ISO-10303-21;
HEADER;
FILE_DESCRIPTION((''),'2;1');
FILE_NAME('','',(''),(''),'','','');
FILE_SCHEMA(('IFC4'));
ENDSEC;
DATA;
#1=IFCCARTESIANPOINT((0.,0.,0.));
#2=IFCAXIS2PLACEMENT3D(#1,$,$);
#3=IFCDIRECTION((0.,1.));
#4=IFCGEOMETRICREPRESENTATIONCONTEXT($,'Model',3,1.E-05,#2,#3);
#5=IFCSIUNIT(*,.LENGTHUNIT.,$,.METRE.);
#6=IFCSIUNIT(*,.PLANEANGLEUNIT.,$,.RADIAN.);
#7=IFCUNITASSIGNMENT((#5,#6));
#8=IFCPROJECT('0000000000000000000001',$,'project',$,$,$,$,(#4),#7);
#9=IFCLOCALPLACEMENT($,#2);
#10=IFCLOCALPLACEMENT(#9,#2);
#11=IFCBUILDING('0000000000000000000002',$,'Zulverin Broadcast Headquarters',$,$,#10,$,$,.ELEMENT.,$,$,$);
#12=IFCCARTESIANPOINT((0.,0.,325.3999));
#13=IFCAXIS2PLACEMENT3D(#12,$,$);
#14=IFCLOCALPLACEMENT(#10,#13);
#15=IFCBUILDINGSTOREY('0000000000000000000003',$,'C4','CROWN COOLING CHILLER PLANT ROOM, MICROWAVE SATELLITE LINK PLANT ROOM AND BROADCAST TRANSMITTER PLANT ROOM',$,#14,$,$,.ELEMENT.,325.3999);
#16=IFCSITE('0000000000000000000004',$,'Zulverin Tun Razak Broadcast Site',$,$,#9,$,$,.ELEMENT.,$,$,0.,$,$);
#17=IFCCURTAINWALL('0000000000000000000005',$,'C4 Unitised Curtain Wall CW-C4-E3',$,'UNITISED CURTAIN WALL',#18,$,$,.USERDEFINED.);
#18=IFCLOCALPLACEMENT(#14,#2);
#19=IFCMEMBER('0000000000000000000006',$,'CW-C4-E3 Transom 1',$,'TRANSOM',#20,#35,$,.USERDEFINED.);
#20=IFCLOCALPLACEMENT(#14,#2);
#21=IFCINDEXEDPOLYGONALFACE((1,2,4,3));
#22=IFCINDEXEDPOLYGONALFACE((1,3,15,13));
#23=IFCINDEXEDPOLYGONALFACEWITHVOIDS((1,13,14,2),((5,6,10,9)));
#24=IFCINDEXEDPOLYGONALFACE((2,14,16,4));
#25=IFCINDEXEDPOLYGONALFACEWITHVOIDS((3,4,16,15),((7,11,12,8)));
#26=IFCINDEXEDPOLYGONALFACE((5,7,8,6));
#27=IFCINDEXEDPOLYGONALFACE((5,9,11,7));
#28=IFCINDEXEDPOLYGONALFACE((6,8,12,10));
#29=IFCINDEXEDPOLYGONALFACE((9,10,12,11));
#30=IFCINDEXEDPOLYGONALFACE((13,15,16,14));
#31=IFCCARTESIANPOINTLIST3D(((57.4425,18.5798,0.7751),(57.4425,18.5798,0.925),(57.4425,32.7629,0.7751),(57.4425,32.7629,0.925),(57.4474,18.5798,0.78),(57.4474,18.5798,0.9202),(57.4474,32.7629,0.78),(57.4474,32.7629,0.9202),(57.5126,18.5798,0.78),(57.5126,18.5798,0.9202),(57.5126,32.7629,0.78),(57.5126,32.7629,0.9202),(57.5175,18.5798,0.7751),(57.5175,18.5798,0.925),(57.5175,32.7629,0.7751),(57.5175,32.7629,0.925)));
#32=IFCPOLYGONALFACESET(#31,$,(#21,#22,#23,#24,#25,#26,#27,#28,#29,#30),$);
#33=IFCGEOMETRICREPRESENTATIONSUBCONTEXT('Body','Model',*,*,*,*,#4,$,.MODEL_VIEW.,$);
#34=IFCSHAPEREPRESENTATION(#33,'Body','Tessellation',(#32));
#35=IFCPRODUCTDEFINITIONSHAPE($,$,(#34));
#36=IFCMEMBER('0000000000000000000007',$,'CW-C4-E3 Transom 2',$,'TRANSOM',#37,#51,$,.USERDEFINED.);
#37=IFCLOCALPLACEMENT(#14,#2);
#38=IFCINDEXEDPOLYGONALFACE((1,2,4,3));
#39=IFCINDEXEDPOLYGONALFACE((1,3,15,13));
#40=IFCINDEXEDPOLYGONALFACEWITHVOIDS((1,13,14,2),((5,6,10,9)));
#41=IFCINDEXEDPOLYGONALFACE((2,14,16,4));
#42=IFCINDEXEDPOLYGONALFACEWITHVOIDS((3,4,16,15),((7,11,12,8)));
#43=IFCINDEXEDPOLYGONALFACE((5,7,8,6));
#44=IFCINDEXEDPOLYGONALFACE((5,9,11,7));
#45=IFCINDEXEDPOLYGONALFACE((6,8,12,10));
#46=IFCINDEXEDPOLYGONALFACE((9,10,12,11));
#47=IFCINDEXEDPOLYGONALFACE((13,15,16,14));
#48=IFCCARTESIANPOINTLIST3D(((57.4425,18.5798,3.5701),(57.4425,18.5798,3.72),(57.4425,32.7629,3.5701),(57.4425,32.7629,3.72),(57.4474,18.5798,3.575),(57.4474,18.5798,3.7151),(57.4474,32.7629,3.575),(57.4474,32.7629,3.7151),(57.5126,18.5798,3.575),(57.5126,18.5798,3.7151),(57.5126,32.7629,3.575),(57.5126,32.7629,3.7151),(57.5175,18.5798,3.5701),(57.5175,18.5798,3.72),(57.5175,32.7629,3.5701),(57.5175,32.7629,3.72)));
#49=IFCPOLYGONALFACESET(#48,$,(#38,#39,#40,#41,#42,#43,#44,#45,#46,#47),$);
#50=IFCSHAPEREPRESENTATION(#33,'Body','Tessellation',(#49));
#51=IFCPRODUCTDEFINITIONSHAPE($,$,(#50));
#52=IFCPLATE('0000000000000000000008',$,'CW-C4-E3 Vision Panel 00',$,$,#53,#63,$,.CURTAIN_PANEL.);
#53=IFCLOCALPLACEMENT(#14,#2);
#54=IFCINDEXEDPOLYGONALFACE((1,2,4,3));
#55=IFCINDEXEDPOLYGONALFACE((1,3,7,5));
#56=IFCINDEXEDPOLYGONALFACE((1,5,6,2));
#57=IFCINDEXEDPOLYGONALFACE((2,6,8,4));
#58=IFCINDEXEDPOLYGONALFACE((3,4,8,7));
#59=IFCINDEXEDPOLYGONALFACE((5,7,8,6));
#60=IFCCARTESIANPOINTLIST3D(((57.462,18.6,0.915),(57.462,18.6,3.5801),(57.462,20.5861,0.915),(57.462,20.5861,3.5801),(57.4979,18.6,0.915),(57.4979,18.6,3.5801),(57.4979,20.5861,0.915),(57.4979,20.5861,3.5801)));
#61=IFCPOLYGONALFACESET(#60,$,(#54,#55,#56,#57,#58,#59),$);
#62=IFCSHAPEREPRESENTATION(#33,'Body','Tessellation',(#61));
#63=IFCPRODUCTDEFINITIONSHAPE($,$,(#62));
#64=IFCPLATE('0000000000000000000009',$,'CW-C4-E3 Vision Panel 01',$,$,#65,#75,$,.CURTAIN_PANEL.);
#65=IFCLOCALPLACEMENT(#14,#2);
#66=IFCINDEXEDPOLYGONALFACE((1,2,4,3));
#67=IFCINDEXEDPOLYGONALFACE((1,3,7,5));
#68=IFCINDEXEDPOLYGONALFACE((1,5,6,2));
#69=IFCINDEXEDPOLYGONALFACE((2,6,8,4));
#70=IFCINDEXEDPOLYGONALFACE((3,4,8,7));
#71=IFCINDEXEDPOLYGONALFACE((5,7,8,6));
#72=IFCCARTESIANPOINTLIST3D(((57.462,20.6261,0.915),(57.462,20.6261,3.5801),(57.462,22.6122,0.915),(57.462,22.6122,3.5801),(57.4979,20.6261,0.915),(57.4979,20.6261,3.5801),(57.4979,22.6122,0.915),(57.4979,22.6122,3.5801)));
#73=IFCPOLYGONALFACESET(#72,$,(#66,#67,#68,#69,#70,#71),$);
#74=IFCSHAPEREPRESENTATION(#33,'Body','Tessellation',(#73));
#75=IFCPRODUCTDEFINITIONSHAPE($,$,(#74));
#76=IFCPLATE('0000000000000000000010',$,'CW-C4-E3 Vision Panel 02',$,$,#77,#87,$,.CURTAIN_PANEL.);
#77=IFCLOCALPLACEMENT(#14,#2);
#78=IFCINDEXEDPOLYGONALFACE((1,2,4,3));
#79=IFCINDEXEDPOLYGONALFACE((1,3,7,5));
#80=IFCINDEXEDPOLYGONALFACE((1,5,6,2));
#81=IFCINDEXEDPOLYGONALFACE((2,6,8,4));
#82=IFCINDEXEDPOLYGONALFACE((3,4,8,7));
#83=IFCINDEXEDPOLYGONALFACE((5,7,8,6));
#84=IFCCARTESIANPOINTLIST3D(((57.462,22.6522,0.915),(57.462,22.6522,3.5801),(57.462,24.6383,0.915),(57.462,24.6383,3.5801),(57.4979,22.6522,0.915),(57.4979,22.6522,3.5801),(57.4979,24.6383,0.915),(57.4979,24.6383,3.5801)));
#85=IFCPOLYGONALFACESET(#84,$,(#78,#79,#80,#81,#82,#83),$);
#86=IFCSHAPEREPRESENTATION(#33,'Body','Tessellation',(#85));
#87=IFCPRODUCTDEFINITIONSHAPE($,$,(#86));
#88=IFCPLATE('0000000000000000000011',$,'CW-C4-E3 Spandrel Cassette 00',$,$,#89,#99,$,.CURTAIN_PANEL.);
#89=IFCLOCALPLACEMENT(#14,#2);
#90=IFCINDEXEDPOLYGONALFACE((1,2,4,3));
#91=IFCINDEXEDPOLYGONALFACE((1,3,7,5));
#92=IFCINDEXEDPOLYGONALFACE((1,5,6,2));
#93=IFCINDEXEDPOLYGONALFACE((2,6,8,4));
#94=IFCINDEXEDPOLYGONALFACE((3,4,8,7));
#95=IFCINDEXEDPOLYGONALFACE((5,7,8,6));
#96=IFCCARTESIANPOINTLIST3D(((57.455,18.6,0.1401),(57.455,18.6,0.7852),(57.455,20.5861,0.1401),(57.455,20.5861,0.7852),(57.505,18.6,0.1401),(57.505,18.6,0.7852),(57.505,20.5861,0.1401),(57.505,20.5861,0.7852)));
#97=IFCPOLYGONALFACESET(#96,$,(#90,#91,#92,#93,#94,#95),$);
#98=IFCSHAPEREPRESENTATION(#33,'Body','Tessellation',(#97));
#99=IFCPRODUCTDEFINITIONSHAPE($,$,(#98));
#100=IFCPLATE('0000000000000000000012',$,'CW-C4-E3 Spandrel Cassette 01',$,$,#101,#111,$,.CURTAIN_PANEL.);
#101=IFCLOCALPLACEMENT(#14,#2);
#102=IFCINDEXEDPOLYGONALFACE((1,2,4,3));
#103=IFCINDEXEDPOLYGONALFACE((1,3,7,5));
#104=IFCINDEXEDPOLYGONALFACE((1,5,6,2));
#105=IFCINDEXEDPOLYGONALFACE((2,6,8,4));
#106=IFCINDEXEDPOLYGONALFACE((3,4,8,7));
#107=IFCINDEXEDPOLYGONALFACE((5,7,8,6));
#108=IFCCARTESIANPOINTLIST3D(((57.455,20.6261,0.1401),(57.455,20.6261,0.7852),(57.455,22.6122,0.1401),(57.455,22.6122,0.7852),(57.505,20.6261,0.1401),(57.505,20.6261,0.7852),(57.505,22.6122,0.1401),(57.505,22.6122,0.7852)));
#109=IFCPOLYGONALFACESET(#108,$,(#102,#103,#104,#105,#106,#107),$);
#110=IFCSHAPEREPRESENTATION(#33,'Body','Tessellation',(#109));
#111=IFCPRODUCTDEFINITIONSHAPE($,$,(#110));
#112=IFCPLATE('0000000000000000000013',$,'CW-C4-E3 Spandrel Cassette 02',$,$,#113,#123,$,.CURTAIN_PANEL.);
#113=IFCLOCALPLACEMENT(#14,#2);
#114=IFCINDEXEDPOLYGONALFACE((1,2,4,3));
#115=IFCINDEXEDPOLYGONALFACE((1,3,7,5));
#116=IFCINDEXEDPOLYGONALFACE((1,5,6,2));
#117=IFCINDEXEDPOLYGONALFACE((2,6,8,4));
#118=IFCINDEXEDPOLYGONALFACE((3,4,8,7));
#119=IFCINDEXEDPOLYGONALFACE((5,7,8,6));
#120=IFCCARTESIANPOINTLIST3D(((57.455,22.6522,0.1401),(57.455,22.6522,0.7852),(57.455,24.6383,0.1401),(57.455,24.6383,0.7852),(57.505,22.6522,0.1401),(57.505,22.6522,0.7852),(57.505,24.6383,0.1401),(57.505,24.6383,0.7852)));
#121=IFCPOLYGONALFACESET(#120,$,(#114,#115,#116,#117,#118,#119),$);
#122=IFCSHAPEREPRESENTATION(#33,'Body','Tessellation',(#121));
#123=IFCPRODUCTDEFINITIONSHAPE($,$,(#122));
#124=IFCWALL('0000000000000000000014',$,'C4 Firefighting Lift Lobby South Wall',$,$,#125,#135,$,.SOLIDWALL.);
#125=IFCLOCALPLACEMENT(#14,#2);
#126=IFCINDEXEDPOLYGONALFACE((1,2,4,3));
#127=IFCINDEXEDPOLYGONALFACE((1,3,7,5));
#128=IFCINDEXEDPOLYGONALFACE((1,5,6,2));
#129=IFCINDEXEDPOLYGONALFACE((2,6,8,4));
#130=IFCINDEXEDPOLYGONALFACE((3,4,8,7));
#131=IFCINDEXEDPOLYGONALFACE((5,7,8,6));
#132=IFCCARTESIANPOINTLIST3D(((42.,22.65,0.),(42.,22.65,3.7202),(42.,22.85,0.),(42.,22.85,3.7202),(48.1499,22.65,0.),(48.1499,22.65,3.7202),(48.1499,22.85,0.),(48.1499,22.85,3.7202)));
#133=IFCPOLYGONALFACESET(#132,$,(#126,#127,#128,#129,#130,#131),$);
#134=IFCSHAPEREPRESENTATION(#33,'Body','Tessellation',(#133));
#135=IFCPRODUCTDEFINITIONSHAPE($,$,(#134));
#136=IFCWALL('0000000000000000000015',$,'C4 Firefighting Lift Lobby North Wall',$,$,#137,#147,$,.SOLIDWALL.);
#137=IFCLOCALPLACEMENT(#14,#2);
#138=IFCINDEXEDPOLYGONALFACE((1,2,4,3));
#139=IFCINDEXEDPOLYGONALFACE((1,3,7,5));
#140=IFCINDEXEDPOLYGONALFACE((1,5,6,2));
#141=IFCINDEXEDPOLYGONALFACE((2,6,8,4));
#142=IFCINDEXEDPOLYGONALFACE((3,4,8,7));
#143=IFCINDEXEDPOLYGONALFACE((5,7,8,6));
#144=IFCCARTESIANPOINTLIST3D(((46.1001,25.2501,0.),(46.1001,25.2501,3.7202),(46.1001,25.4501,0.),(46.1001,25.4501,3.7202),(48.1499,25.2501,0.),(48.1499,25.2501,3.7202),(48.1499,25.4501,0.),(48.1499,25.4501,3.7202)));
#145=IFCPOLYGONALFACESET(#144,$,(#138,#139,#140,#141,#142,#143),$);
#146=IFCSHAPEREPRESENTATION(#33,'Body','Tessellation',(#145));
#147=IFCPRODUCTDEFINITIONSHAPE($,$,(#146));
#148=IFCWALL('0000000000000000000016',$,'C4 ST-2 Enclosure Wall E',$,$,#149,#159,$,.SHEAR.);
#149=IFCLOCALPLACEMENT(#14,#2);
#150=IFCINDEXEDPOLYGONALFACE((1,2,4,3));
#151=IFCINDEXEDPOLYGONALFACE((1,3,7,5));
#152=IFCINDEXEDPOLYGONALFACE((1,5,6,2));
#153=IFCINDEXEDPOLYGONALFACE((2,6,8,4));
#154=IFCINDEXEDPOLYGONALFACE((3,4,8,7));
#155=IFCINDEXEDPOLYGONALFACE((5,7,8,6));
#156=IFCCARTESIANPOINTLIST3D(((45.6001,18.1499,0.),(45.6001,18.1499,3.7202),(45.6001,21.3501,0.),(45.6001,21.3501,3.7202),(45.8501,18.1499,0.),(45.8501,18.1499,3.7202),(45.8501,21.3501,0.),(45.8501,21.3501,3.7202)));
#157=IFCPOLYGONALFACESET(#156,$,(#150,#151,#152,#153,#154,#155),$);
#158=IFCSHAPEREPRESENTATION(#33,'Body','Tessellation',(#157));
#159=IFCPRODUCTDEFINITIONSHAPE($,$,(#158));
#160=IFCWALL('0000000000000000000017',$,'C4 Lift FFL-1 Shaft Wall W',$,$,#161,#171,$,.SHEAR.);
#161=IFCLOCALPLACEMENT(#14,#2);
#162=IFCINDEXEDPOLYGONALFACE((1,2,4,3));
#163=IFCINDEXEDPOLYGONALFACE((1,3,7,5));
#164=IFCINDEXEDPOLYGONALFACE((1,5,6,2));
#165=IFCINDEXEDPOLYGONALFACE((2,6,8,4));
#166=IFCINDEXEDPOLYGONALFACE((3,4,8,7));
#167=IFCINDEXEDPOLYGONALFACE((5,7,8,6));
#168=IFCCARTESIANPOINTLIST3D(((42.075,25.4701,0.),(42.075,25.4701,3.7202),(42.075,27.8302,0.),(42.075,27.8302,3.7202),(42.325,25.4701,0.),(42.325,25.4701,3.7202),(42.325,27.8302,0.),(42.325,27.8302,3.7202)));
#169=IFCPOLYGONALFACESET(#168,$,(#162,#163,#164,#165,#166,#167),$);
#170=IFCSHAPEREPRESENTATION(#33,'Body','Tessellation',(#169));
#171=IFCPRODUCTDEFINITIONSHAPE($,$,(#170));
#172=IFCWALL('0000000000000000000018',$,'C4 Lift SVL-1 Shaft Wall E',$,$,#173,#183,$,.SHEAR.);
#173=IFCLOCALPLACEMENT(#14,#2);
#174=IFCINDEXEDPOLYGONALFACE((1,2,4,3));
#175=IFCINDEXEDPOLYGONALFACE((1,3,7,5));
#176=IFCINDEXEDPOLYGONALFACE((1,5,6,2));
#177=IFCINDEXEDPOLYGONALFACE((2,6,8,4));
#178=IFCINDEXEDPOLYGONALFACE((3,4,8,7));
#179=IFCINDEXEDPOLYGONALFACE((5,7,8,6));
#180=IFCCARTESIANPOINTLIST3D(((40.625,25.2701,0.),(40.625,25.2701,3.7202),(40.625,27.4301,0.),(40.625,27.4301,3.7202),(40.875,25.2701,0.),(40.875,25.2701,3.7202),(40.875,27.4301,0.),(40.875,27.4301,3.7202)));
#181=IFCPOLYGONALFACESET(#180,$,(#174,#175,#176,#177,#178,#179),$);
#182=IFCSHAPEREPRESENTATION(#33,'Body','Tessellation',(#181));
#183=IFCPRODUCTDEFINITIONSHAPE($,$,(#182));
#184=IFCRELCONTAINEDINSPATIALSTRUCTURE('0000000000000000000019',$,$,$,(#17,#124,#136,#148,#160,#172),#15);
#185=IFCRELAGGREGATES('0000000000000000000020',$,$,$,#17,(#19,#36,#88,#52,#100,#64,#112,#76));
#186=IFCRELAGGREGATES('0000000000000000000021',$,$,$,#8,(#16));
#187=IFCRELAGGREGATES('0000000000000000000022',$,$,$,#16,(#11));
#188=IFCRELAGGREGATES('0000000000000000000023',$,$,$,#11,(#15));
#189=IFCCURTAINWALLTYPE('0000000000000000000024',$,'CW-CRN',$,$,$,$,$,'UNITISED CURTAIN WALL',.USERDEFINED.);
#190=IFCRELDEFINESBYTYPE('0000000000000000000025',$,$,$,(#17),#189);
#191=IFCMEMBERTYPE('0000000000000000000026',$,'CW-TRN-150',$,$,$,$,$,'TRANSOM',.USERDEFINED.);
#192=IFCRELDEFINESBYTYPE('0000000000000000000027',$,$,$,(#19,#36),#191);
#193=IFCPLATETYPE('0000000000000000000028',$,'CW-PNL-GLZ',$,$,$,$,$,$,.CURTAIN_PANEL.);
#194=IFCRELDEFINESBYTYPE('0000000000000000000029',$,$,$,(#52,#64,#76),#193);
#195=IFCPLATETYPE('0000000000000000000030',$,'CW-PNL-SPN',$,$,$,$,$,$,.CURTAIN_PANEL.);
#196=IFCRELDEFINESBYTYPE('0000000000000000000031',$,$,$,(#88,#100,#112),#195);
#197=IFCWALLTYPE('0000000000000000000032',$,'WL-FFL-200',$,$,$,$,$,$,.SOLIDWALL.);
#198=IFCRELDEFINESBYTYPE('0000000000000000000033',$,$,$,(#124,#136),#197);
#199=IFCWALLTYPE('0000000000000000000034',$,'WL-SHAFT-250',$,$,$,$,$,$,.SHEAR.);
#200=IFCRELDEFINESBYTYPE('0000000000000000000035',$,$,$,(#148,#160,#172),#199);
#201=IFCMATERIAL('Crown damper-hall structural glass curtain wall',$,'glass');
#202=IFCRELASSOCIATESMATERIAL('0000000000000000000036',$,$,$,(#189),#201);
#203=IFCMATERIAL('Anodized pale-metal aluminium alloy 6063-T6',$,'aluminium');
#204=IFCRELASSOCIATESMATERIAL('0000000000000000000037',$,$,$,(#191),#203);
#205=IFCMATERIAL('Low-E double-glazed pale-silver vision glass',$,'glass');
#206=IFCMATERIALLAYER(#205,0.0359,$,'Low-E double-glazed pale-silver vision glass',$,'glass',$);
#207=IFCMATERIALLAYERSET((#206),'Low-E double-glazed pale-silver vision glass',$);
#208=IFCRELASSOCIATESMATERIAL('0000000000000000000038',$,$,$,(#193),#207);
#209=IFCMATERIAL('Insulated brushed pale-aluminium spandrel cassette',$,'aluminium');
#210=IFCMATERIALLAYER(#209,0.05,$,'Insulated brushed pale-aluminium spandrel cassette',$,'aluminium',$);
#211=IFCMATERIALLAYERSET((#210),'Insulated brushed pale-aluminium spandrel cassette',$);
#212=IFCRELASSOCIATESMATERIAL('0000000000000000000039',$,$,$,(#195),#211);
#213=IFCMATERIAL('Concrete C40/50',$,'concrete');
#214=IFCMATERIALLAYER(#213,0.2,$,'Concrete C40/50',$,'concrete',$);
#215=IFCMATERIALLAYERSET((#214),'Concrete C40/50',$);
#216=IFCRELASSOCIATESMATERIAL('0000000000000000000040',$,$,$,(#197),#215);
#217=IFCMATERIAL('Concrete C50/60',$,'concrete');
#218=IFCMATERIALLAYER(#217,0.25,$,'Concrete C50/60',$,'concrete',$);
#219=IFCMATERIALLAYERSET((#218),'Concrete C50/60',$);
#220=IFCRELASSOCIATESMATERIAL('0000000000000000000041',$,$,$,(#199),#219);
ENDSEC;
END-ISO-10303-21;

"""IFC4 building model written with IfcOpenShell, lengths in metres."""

from ifc_helpers import new_model, si_unit, direction, frame, frame_2d, origin, origin_2d, place, context, subcontext, project, spatial, rectangle, hollow_rectangle, extrude, material, layer, layer_set, material_profile, profile_set, type_object, element, aggregate, save


model = new_model("IFC4")

# Units and contexts
model_context = context("Model", 3, precision=1e-05, world=origin(), true_north=direction((0.0, 1.0)))
body_context = subcontext(model_context, "Body", "Model", "MODEL_VIEW")
ifc_project = project(units=[si_unit("LENGTHUNIT", "METRE"), si_unit("PLANEANGLEUNIT", "RADIAN")], contexts=[model_context])

# Site, building, storey
site_placement = place(None, origin())
site = spatial("IfcSite", under=ifc_project, at=site_placement, Name="Zulverin Tun Razak Broadcast Site", CompositionType="ELEMENT", RefElevation=0.0)
building_placement = place(site_placement, origin())
building = spatial("IfcBuilding", under=site, at=building_placement, Name="Zulverin Broadcast Headquarters", CompositionType="ELEMENT")
storey_placement = place(building_placement, frame((0.0, 0.0, 325.3999)))
storey = spatial("IfcBuildingStorey", under=building, at=storey_placement, Name="C4", Description="CROWN COOLING CHILLER PLANT ROOM, MICROWAVE SATELLITE LINK PLANT ROOM AND BROADCAST TRANSMITTER PLANT ROOM", CompositionType="ELEMENT", Elevation=325.3999)

# Shared definitions
ifc_material_1 = material(Name="Concrete C50/60", Category="concrete")

# Curtain wall, members, plates
ifc_material_2 = material(Name="Crown damper-hall structural glass curtain wall", Category="glass")
curtain_wall_type = type_object("IfcCurtainWallType", Name="CW-CRN", ElementType="UNITISED CURTAIN WALL", PredefinedType="USERDEFINED", material=ifc_material_2)
curtain_wall_placement = place(storey_placement, origin())
curtain_wall = element("IfcCurtainWall", 1, at=curtain_wall_placement, inside=storey, type_object=curtain_wall_type, Name="C4 Unitised Curtain Wall CW-C4-E3", ObjectType="UNITISED CURTAIN WALL", PredefinedType="USERDEFINED")
ifc_material_3 = material(Name="Anodized pale-metal aluminium alloy 6063-T6", Category="aluminium")
ifc_material_profile_1 = material_profile(ifc_material_3, hollow_rectangle(XDim=0.075, YDim=0.1499, WallThickness=0.0049, at=origin_2d()), Name="Anodized pale-metal aluminium alloy 6063-T6", Category="aluminium")
ifc_profile_set_1 = profile_set([ifc_material_profile_1], Name="Anodized pale-metal aluminium alloy 6063-T6")
member_type_1 = type_object("IfcMemberType", Name="CW-TRN-150", ElementType="TRANSOM", PredefinedType="USERDEFINED", material=ifc_profile_set_1)
member_1_placement = place(storey_placement, frame((57.48, 18.5798, 0.8501), z_axis=(0.0, 1.0, 0.0), x_axis=(-1.0, 0.0, 0.0)))
member_1 = element("IfcMember", 2, at=member_1_placement, type_object=member_type_1, Name="CW-C4-E3 Transom 1", ObjectType="TRANSOM", PredefinedType="USERDEFINED", context=body_context, shape_type="SweptSolid", body=[
    extrude(hollow_rectangle(XDim=0.075, YDim=0.1499, WallThickness=0.0049, at=origin_2d()), origin(), (0.0, 0.0, 1.0), 14.1831),
])
member_2_placement = place(storey_placement, frame((57.48, 18.5798, 3.645), z_axis=(0.0, 1.0, 0.0), x_axis=(-1.0, 0.0, 0.0)))
member_2 = element("IfcMember", 3, at=member_2_placement, type_object=member_type_1, Name="CW-C4-E3 Transom 2", ObjectType="TRANSOM", PredefinedType="USERDEFINED", context=body_context, shape_type="SweptSolid", body=[
    extrude(hollow_rectangle(XDim=0.075, YDim=0.1499, WallThickness=0.0049, at=origin_2d()), origin(), (0.0, 0.0, 1.0), 14.1831),
])
ifc_material_4 = material(Name="Low-E double-glazed pale-silver vision glass", Category="glass")
ifc_layer_1 = layer(ifc_material_4, 0.0359, Name="Low-E double-glazed pale-silver vision glass", Category="glass")
ifc_layer_set_1 = layer_set([ifc_layer_1], Name="Low-E double-glazed pale-silver vision glass")
plate_type_1 = type_object("IfcPlateType", Name="CW-PNL-GLZ", PredefinedType="CURTAIN_PANEL", material=ifc_layer_set_1)
plate_1_placement = place(storey_placement, frame((57.48, 19.593, 0.915), z_axis=(0.0, 0.0, 1.0), x_axis=(0.0, 1.0, 0.0)))
plate_1 = element("IfcPlate", 4, at=plate_1_placement, type_object=plate_type_1, Name="CW-C4-E3 Vision Panel 00", PredefinedType="CURTAIN_PANEL", context=body_context, shape_type="SweptSolid", body=[
    extrude(rectangle(XDim=1.9861, YDim=0.0359, at=origin_2d()), origin(), (0.0, 0.0, 1.0), 2.665),
])
plate_2_placement = place(storey_placement, frame((57.48, 21.6191, 0.915), z_axis=(0.0, 0.0, 1.0), x_axis=(0.0, 1.0, 0.0)))
plate_2 = element("IfcPlate", 5, at=plate_2_placement, type_object=plate_type_1, Name="CW-C4-E3 Vision Panel 01", PredefinedType="CURTAIN_PANEL", context=body_context, shape_type="SweptSolid", body=[
    extrude(rectangle(XDim=1.9861, YDim=0.0359, at=origin_2d()), origin(), (0.0, 0.0, 1.0), 2.665),
])
plate_3_placement = place(storey_placement, frame((57.48, 23.6453, 0.915), z_axis=(0.0, 0.0, 1.0), x_axis=(0.0, 1.0, 0.0)))
plate_3 = element("IfcPlate", 6, at=plate_3_placement, type_object=plate_type_1, Name="CW-C4-E3 Vision Panel 02", PredefinedType="CURTAIN_PANEL", context=body_context, shape_type="SweptSolid", body=[
    extrude(rectangle(XDim=1.9861, YDim=0.0359, at=origin_2d()), origin(), (0.0, 0.0, 1.0), 2.665),
])
ifc_material_5 = material(Name="Insulated brushed pale-aluminium spandrel cassette", Category="aluminium")
ifc_layer_2 = layer(ifc_material_5, 0.05, Name="Insulated brushed pale-aluminium spandrel cassette", Category="aluminium")
ifc_layer_set_2 = layer_set([ifc_layer_2], Name="Insulated brushed pale-aluminium spandrel cassette")
plate_type_2 = type_object("IfcPlateType", Name="CW-PNL-SPN", PredefinedType="CURTAIN_PANEL", material=ifc_layer_set_2)
plate_4_placement = place(storey_placement, frame((57.48, 19.593, 0.1401), z_axis=(0.0, 0.0, 1.0), x_axis=(0.0, 1.0, 0.0)))
plate_4 = element("IfcPlate", 7, at=plate_4_placement, type_object=plate_type_2, Name="CW-C4-E3 Spandrel Cassette 00", PredefinedType="CURTAIN_PANEL", context=body_context, shape_type="SweptSolid", body=[
    extrude(rectangle(XDim=1.9861, YDim=0.05, at=origin_2d()), origin(), (0.0, 0.0, 1.0), 0.645),
])
plate_5_placement = place(storey_placement, frame((57.48, 21.6191, 0.1401), z_axis=(0.0, 0.0, 1.0), x_axis=(0.0, 1.0, 0.0)))
plate_5 = element("IfcPlate", 8, at=plate_5_placement, type_object=plate_type_2, Name="CW-C4-E3 Spandrel Cassette 01", PredefinedType="CURTAIN_PANEL", context=body_context, shape_type="SweptSolid", body=[
    extrude(rectangle(XDim=1.9861, YDim=0.05, at=origin_2d()), origin(), (0.0, 0.0, 1.0), 0.645),
])
plate_6_placement = place(storey_placement, frame((57.48, 23.6453, 0.1401), z_axis=(0.0, 0.0, 1.0), x_axis=(0.0, 1.0, 0.0)))
plate_6 = element("IfcPlate", 9, at=plate_6_placement, type_object=plate_type_2, Name="CW-C4-E3 Spandrel Cassette 02", PredefinedType="CURTAIN_PANEL", context=body_context, shape_type="SweptSolid", body=[
    extrude(rectangle(XDim=1.9861, YDim=0.05, at=origin_2d()), origin(), (0.0, 0.0, 1.0), 0.645),
])
aggregate(curtain_wall, [member_1, member_2, plate_4, plate_1, plate_5, plate_2, plate_6, plate_3])

# Shared definitions
ifc_material_6 = material(Name="Concrete C40/50", Category="concrete")
ifc_layer_3 = layer(ifc_material_6, 0.2, Name="Concrete C40/50", Category="concrete")
ifc_layer_set_3 = layer_set([ifc_layer_3], Name="Concrete C40/50")
wall_type_1 = type_object("IfcWallType", Name="WL-FFL-200", PredefinedType="SOLIDWALL", material=ifc_layer_set_3)

# Walls
wall_1_placement = place(storey_placement, frame((42.0, 22.75, 0.0), z_axis=(0.0, 0.0, 1.0), x_axis=(1.0, 0.0, 0.0)))
element("IfcWall", 10, at=wall_1_placement, inside=storey, type_object=wall_type_1, Name="C4 Firefighting Lift Lobby South Wall", PredefinedType="SOLIDWALL", context=body_context, shape_type="SweptSolid", body=[
    extrude(rectangle(XDim=6.1499, YDim=0.2, at=frame_2d((3.075, 0.0))), origin(), (0.0, 0.0, 1.0), 3.7202),
])
wall_2_placement = place(storey_placement, frame((46.1001, 25.3501, 0.0), z_axis=(0.0, 0.0, 1.0), x_axis=(1.0, 0.0, 0.0)))
element("IfcWall", 11, at=wall_2_placement, inside=storey, type_object=wall_type_1, Name="C4 Firefighting Lift Lobby North Wall", PredefinedType="SOLIDWALL", context=body_context, shape_type="SweptSolid", body=[
    extrude(rectangle(XDim=2.0498, YDim=0.2, at=frame_2d((1.0249, 0.0))), origin(), (0.0, 0.0, 1.0), 3.7202),
])
ifc_layer_4 = layer(ifc_material_1, 0.25, Name="Concrete C50/60", Category="concrete")
ifc_layer_set_4 = layer_set([ifc_layer_4], Name="Concrete C50/60")
wall_type_2 = type_object("IfcWallType", Name="WL-SHAFT-250", PredefinedType="SHEAR", material=ifc_layer_set_4)
wall_3_placement = place(storey_placement, frame((45.7251, 18.1499, 0.0), z_axis=(0.0, 0.0, 1.0), x_axis=(0.0, 1.0, 0.0)))
element("IfcWall", 12, at=wall_3_placement, inside=storey, type_object=wall_type_2, Name="C4 ST-2 Enclosure Wall E", PredefinedType="SHEAR", context=body_context, shape_type="SweptSolid", body=[
    extrude(rectangle(XDim=3.2002, YDim=0.25, at=frame_2d((1.6001, 0.0))), origin(), (0.0, 0.0, 1.0), 3.7202),
])

# Wall
wall_4_placement = place(storey_placement, frame((42.2, 25.47, 0.0), z_axis=(0.0, 0.0, 1.0), x_axis=(0.0, 1.0, 0.0)))
element("IfcWall", 13, at=wall_4_placement, inside=storey, type_object=wall_type_2, Name="C4 Lift FFL-1 Shaft Wall W", PredefinedType="SHEAR", context=body_context, shape_type="SweptSolid", body=[
    extrude(rectangle(XDim=2.3601, YDim=0.25, at=frame_2d((1.1802, 0.0))), origin(), (0.0, 0.0, 1.0), 3.7202),
])

# Wall
wall_5_placement = place(storey_placement, frame((40.75, 25.27, 0.0), z_axis=(0.0, 0.0, 1.0), x_axis=(0.0, 1.0, 0.0)))
element("IfcWall", 14, at=wall_5_placement, inside=storey, type_object=wall_type_2, Name="C4 Lift SVL-1 Shaft Wall E", PredefinedType="SHEAR", context=body_context, shape_type="SweptSolid", body=[
    extrude(rectangle(XDim=2.1599, YDim=0.25, at=frame_2d((1.0801, 0.0))), origin(), (0.0, 0.0, 1.0), 3.7202),
])

save(model, "model.ifc")
